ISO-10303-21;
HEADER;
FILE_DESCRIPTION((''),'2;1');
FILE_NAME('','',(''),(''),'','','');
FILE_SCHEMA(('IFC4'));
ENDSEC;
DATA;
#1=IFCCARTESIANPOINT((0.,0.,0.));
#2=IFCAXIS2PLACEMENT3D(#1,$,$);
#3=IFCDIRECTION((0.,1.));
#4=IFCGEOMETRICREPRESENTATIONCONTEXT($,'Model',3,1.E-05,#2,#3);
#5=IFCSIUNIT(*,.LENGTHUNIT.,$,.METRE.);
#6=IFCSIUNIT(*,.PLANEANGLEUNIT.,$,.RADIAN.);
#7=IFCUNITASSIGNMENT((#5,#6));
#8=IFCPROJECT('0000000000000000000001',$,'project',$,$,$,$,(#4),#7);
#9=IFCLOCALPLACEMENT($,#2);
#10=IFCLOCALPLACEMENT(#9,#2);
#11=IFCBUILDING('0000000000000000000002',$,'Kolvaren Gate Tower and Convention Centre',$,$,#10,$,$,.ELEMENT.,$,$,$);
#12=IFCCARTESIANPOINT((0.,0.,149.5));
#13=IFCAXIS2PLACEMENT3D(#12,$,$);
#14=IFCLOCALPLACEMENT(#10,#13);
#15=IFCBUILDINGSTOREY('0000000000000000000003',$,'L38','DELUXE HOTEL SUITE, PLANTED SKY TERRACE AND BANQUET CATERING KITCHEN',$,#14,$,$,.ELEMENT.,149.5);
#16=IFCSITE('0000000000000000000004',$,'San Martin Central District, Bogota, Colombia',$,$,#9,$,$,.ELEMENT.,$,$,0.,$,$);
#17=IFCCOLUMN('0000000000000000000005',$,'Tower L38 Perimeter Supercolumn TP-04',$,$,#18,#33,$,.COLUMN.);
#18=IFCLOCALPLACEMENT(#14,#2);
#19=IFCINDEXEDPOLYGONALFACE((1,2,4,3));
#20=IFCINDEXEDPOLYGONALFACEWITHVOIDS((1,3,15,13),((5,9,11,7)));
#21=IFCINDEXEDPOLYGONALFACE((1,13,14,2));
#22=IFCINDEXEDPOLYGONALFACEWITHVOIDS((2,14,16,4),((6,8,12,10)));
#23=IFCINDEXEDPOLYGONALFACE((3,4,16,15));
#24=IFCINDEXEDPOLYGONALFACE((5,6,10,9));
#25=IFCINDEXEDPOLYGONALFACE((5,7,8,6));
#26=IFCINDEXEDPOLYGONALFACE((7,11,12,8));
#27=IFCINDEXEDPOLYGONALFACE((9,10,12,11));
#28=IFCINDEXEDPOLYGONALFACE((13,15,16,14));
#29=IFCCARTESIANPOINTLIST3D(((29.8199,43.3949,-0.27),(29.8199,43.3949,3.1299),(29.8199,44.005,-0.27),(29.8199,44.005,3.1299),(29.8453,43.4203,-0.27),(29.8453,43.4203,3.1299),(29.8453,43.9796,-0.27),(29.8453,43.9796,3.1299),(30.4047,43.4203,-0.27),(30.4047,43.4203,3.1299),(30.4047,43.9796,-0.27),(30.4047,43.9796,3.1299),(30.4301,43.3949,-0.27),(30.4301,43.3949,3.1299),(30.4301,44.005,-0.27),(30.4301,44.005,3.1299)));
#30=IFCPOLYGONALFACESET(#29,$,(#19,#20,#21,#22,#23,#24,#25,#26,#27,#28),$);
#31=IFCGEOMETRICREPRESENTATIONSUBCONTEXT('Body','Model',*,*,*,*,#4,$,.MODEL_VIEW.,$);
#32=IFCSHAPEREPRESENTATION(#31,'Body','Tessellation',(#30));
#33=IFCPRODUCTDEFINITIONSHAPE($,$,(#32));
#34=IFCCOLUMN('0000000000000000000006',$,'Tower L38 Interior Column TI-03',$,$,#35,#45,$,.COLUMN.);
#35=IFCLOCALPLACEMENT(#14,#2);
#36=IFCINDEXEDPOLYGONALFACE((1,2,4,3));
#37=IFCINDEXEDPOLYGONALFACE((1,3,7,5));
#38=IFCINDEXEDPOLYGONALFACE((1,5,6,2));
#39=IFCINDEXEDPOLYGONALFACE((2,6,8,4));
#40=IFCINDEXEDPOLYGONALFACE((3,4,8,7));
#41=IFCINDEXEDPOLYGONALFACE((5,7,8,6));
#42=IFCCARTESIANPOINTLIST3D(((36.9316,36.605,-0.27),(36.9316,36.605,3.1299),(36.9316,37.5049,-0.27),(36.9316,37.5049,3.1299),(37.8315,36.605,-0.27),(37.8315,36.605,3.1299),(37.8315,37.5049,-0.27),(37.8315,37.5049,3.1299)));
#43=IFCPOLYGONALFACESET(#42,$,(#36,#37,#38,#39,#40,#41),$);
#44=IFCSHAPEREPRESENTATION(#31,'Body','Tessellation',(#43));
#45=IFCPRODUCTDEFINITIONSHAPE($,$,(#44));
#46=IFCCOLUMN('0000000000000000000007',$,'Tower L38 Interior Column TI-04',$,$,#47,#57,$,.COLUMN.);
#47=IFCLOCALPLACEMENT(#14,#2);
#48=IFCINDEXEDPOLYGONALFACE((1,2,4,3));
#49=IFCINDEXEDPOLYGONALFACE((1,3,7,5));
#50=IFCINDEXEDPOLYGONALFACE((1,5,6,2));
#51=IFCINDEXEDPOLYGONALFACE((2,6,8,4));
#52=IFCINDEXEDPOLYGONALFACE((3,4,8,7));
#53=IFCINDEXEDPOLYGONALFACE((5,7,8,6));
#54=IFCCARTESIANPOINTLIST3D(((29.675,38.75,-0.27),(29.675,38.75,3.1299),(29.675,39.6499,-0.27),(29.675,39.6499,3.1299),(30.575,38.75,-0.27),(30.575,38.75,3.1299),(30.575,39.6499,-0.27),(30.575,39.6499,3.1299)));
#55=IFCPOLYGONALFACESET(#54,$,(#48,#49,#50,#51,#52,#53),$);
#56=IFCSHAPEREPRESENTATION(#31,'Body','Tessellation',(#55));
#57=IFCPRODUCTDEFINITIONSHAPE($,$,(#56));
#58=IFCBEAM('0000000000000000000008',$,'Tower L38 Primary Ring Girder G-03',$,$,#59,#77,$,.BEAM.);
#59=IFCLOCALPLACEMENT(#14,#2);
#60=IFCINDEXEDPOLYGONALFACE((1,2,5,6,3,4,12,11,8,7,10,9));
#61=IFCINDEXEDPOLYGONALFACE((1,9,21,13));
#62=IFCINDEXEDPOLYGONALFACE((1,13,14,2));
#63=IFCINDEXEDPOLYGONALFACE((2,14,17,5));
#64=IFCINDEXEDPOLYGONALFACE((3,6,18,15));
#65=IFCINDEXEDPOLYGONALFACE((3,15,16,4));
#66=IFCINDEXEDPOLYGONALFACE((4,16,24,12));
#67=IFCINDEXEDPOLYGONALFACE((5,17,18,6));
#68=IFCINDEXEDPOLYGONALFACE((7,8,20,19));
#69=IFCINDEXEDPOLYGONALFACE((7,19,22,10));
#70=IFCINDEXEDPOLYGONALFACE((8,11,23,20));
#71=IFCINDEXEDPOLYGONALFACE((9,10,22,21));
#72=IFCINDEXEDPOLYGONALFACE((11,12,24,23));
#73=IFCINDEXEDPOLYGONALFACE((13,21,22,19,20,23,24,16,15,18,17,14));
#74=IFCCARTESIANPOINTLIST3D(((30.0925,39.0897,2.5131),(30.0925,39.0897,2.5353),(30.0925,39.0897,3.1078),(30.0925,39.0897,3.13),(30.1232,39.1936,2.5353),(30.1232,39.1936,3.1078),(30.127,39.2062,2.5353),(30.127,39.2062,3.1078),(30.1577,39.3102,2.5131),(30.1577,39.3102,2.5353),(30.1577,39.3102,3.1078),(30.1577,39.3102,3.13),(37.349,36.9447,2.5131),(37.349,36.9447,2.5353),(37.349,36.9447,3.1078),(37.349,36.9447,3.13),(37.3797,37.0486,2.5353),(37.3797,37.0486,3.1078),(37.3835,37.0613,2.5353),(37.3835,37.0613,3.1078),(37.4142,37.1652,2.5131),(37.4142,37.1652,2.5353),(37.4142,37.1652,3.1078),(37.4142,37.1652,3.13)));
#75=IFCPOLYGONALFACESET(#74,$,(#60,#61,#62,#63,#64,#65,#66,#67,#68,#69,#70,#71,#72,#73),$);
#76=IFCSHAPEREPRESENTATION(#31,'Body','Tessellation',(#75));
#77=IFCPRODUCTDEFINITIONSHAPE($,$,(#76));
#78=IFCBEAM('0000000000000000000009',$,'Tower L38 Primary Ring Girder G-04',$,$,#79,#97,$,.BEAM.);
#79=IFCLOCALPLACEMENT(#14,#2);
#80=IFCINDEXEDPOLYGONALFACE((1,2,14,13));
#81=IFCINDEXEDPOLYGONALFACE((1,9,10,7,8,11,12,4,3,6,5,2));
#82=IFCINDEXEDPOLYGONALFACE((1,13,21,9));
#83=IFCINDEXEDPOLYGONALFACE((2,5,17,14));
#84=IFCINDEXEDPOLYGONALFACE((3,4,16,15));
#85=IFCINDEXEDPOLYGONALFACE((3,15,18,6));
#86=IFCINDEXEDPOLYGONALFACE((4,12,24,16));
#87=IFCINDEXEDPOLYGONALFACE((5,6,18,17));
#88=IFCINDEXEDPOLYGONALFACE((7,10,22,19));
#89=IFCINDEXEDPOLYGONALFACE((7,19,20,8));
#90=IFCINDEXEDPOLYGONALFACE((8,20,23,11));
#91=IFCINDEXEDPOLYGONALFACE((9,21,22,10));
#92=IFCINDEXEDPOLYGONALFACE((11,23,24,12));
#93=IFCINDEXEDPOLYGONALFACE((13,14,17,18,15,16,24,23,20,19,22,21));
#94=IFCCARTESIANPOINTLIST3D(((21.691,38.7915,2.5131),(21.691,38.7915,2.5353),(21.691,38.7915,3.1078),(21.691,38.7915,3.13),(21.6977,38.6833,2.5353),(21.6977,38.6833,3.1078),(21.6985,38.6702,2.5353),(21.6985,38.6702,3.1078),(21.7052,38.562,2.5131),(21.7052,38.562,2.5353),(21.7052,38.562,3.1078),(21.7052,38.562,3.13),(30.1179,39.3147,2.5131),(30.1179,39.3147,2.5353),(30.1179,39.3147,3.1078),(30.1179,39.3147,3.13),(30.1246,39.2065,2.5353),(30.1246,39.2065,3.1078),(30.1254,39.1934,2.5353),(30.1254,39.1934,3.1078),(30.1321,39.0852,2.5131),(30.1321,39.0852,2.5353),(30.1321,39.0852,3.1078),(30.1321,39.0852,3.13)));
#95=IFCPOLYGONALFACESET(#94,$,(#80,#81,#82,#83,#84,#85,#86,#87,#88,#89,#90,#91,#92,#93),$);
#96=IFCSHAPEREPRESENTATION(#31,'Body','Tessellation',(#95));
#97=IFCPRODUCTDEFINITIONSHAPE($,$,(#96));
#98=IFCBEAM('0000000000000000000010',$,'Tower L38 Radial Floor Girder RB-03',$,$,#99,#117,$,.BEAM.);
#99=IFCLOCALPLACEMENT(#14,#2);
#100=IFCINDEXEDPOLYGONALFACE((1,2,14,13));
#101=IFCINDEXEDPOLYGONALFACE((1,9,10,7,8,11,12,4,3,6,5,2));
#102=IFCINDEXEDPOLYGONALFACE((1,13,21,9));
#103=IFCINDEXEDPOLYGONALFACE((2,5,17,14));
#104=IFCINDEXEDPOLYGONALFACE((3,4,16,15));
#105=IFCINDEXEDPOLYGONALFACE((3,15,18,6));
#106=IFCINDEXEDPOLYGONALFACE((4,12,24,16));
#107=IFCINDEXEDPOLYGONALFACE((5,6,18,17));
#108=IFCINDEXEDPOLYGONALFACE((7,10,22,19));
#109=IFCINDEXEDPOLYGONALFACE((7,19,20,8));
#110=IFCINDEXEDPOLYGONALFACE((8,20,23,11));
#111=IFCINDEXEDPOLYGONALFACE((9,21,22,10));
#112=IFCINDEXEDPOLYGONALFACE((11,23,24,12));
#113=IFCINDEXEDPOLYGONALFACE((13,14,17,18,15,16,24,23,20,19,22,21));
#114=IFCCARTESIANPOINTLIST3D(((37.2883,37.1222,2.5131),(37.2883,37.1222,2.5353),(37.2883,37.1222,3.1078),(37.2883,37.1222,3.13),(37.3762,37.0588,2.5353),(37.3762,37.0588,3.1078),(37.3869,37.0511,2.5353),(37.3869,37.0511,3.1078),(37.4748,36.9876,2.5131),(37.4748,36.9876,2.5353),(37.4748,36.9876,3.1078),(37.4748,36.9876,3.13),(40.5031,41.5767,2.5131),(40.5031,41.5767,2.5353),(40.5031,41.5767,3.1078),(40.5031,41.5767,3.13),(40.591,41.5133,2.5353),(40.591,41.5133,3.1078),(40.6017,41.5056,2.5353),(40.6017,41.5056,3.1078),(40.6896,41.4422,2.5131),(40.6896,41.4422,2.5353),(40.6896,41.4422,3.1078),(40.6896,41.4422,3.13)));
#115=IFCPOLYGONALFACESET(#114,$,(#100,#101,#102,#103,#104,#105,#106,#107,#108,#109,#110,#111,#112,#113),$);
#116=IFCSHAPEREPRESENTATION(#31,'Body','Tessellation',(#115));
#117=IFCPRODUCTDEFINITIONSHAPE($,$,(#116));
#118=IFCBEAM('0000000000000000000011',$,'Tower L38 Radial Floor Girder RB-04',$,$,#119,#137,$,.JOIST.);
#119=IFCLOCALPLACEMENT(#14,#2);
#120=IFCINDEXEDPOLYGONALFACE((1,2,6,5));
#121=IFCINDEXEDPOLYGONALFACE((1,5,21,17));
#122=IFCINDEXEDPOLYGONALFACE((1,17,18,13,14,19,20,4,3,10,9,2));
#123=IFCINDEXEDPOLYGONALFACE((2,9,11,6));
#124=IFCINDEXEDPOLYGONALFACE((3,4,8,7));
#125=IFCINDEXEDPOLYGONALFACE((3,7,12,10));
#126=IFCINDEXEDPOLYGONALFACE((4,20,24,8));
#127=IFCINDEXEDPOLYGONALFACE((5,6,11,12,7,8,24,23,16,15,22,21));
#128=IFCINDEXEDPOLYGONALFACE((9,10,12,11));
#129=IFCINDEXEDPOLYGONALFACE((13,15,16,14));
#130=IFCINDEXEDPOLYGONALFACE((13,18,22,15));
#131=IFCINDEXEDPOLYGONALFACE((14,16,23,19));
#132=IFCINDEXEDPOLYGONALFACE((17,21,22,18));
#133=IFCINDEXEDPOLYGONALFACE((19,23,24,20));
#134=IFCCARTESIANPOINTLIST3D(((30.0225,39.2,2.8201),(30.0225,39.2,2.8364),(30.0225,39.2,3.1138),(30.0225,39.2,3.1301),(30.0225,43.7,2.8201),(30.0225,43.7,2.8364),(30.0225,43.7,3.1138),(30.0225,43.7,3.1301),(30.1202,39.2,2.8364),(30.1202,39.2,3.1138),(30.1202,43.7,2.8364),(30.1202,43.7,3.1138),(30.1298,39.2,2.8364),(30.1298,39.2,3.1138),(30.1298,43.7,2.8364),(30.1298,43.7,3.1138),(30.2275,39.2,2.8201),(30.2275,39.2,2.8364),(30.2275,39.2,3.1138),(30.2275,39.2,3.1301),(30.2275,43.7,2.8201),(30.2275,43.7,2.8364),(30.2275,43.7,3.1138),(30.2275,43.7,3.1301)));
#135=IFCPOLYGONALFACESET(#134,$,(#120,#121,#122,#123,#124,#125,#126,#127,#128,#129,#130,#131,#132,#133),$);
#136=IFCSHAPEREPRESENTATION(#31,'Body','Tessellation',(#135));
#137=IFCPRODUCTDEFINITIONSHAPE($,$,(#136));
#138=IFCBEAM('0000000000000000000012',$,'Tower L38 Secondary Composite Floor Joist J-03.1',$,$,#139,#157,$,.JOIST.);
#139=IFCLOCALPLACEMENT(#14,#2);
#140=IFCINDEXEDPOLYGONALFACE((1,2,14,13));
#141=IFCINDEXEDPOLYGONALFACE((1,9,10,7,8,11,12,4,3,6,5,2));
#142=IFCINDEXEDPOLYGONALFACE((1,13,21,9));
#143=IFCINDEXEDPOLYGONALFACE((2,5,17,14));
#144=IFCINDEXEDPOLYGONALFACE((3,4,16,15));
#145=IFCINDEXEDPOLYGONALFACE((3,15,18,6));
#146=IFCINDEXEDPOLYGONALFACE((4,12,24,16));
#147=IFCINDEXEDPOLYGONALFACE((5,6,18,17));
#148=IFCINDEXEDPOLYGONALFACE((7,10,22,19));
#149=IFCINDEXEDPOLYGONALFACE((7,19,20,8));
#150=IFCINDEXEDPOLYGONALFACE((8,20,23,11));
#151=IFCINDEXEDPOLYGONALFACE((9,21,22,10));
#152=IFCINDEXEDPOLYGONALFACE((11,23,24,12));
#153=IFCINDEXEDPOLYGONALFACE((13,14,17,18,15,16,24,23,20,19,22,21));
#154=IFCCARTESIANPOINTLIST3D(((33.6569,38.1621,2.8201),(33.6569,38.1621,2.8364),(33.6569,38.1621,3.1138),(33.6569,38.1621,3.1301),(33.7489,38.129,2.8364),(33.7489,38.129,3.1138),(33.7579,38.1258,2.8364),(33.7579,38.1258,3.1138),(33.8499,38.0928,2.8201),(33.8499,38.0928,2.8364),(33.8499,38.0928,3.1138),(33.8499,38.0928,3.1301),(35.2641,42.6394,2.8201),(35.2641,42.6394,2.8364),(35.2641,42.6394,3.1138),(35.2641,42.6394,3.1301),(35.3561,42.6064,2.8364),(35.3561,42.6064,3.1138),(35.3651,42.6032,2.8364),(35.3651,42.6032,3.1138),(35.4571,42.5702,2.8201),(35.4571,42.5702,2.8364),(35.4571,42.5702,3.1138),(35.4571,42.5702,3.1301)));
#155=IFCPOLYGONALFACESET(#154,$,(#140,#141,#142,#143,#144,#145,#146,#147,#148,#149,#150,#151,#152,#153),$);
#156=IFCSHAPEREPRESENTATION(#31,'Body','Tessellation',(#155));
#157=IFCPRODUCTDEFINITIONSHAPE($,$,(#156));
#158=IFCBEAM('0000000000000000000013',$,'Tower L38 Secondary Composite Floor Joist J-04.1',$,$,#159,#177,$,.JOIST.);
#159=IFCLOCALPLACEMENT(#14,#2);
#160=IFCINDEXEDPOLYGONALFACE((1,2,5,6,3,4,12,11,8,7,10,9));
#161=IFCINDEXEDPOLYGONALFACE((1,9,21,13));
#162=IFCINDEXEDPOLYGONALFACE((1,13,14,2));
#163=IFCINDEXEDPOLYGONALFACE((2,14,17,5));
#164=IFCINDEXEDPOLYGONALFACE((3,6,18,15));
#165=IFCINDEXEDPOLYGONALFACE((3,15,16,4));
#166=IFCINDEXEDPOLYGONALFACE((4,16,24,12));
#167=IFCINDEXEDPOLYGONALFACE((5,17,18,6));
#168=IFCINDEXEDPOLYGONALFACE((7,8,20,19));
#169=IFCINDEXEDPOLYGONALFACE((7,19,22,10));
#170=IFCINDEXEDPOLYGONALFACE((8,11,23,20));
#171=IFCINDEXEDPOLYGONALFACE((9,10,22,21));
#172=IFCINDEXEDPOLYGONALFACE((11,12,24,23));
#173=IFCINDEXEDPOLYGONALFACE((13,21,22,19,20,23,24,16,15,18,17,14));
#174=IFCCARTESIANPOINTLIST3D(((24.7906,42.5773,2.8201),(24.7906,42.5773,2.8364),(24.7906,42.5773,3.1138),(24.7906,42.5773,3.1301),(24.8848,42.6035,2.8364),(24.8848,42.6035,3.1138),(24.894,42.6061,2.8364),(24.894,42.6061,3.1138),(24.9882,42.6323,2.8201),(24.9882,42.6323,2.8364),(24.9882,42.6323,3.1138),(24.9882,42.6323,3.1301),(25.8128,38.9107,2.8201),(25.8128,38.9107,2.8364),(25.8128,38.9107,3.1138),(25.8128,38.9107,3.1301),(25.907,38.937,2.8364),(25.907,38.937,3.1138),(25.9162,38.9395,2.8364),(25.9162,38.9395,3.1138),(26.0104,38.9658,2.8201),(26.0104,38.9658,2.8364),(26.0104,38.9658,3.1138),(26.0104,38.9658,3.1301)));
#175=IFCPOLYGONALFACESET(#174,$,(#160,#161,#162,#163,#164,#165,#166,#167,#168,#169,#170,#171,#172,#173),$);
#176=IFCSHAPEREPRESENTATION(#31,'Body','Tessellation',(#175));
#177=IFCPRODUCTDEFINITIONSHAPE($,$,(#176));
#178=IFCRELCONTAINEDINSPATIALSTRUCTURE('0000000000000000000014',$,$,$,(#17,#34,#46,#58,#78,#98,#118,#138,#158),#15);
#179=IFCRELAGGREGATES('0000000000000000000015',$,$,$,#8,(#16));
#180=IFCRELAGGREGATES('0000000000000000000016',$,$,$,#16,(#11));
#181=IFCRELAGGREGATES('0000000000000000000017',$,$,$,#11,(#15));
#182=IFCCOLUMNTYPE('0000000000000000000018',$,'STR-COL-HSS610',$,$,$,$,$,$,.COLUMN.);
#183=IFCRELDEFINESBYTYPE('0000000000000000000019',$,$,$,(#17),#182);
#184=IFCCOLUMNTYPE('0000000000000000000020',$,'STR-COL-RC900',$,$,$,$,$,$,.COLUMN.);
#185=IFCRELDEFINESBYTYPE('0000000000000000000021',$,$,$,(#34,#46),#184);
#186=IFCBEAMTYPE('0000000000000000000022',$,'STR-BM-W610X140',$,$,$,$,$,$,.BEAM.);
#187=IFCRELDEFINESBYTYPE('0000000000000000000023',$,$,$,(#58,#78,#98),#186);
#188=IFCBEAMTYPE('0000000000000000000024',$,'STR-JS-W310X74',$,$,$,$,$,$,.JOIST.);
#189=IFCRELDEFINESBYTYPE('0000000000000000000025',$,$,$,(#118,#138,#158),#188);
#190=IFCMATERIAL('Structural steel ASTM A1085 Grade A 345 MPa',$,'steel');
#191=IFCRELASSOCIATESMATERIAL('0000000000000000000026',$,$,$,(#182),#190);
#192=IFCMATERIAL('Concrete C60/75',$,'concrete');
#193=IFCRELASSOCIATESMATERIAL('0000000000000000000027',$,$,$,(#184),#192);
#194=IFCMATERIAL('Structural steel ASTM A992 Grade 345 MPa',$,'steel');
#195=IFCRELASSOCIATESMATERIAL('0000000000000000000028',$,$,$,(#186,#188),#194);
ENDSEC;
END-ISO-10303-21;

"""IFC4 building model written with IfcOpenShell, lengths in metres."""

from ifc_helpers import new_model, si_unit, direction, frame, origin, origin_2d, place, context, subcontext, project, spatial, rectangle, hollow_rectangle, i_section, extrude, material, material_profile, profile_set, type_object, element, save


model = new_model("IFC4")

# Units and contexts
model_context = context("Model", 3, precision=1e-05, world=origin(), true_north=direction((0.0, 1.0)))
body_context = subcontext(model_context, "Body", "Model", "MODEL_VIEW")
ifc_project = project(units=[si_unit("LENGTHUNIT", "METRE"), si_unit("PLANEANGLEUNIT", "RADIAN")], contexts=[model_context])

# Site, building, storey
site_placement = place(None, origin())
site = spatial("IfcSite", under=ifc_project, at=site_placement, Name="San Martin Central District, Bogota, Colombia", CompositionType="ELEMENT", RefElevation=0.0)
building_placement = place(site_placement, origin())
building = spatial("IfcBuilding", under=site, at=building_placement, Name="Kolvaren Gate Tower and Convention Centre", CompositionType="ELEMENT")
storey_placement = place(building_placement, frame((0.0, 0.0, 149.5)))
storey = spatial("IfcBuildingStorey", under=building, at=storey_placement, Name="L38", Description="DELUXE HOTEL SUITE, PLANTED SKY TERRACE AND BANQUET CATERING KITCHEN", CompositionType="ELEMENT", Elevation=149.5)

# Columns
ifc_material_1 = material(Name="Structural steel ASTM A1085 Grade A 345 MPa", Category="steel")
ifc_material_profile_1 = material_profile(ifc_material_1, hollow_rectangle(XDim=0.6101, YDim=0.6101, WallThickness=0.0254, at=origin_2d()), Name="HSS610X610X25.4")
ifc_profile_set_1 = profile_set([ifc_material_profile_1], Name="Structural steel ASTM A1085 Grade A 345 MPa")
column_type_1 = type_object("IfcColumnType", Name="STR-COL-HSS610", PredefinedType="COLUMN", material=ifc_profile_set_1)
column_placement = place(storey_placement, frame((30.125, 43.7, -0.27), z_axis=(0.0, 0.0, 1.0), x_axis=(1.0, 0.0, 0.0)))
element("IfcColumn", 1, at=column_placement, inside=storey, type_object=column_type_1, Name="Tower L38 Perimeter Supercolumn TP-04", PredefinedType="COLUMN", context=body_context, shape_type="SweptSolid", body=[
    extrude(hollow_rectangle(XDim=0.6101, YDim=0.6101, WallThickness=0.0254, at=origin_2d()), origin(), (0.0, 0.0, 1.0), 3.3999),
])
ifc_material_2 = material(Name="Concrete C60/75", Category="concrete")
ifc_material_profile_2 = material_profile(ifc_material_2, rectangle(XDim=0.8999, YDim=0.8999, at=origin_2d()), Name="RC-COL-900X900")
ifc_profile_set_2 = profile_set([ifc_material_profile_2], Name="Concrete C60/75")
column_type_2 = type_object("IfcColumnType", Name="STR-COL-RC900", PredefinedType="COLUMN", material=ifc_profile_set_2)
for number, where, z_axis, x_axis, name in (
    (2, (37.3816, 37.0549, -0.27), (0.0, 0.0, 1.0), (1.0, 0.0, 0.0), "Tower L38 Interior Column TI-03"),
    (3, (30.125, 39.2, -0.27), (0.0, 0.0, 1.0), (1.0, 0.0, 0.0), "Tower L38 Interior Column TI-04"),
):
    element("IfcColumn", number, at=place(storey_placement, frame(where, z_axis=z_axis, x_axis=x_axis)), inside=storey, type_object=column_type_2, Name=name, PredefinedType="COLUMN", context=body_context, shape_type="SweptSolid", body=[
        extrude(rectangle(XDim=0.8999, YDim=0.8999, at=origin_2d()), origin(), (0.0, 0.0, 1.0), 3.3999),
    ])

# Beams
ifc_material_3 = material(Name="Structural steel ASTM A992 Grade 345 MPa", Category="steel")
ifc_material_profile_3 = material_profile(ifc_material_3, i_section(OverallWidth=0.23, OverallDepth=0.6169, WebThickness=0.0132, FlangeThickness=0.0222, at=origin_2d()), Name="W610X140")
ifc_profile_set_3 = profile_set([ifc_material_profile_3], Name="Structural steel ASTM A992 Grade 345 MPa")
beam_type_1 = type_object("IfcBeamType", Name="STR-BM-W610X140", PredefinedType="BEAM", material=ifc_profile_set_3)
beam_1_placement = place(storey_placement, frame((37.3816, 37.0549, 2.8215), z_axis=(-0.958981, 0.283471, 0.0), x_axis=(-0.283471, -0.958981, 0.0)))
element("IfcBeam", 4, at=beam_1_placement, inside=storey, type_object=beam_type_1, Name="Tower L38 Primary Ring Girder G-03", PredefinedType="BEAM", context=body_context, shape_type="SweptSolid", body=[
    extrude(i_section(OverallWidth=0.23, OverallDepth=0.6169, WebThickness=0.0132, FlangeThickness=0.0222, at=origin_2d()), origin(), (0.0, 0.0, 1.0), 7.5669),
])
beam_2_placement = place(storey_placement, frame((30.125, 39.2, 2.8215), z_axis=(-0.998078, -0.061966, 0.0), x_axis=(0.061966, -0.998078, 0.0)))
element("IfcBeam", 5, at=beam_2_placement, inside=storey, type_object=beam_type_1, Name="Tower L38 Primary Ring Girder G-04", PredefinedType="BEAM", context=body_context, shape_type="SweptSolid", body=[
    extrude(i_section(OverallWidth=0.23, OverallDepth=0.6169, WebThickness=0.0132, FlangeThickness=0.0222, at=origin_2d()), origin(), (0.0, 0.0, 1.0), 8.4431),
])
beam_3_placement = place(storey_placement, frame((37.3816, 37.0549, 2.8215), z_axis=(0.585208, 0.810883, 0.0), x_axis=(-0.810883, 0.585208, 0.0)))
element("IfcBeam", 6, at=beam_3_placement, inside=storey, type_object=beam_type_1, Name="Tower L38 Radial Floor Girder RB-03", PredefinedType="BEAM", context=body_context, shape_type="SweptSolid", body=[
    extrude(i_section(OverallWidth=0.23, OverallDepth=0.6169, WebThickness=0.0132, FlangeThickness=0.0222, at=origin_2d()), origin(), (0.0, 0.0, 1.0), 5.4934),
])
ifc_material_profile_4 = material_profile(ifc_material_3, i_section(OverallWidth=0.2051, OverallDepth=0.3101, WebThickness=0.0095, FlangeThickness=0.0164, at=origin_2d()), Name="W310X74")
ifc_profile_set_4 = profile_set([ifc_material_profile_4], Name="Structural steel ASTM A992 Grade 345 MPa")
beam_type_2 = type_object("IfcBeamType", Name="STR-JS-W310X74", PredefinedType="JOIST", material=ifc_profile_set_4)
beam_4_placement = place(storey_placement, frame((30.125, 39.2, 2.9751), z_axis=(0.0, 1.0, 0.0), x_axis=(-1.0, 0.0, 0.0)))
element("IfcBeam", 7, at=beam_4_placement, inside=storey, type_object=beam_type_2, Name="Tower L38 Radial Floor Girder RB-04", PredefinedType="JOIST", context=body_context, shape_type="SweptSolid", body=[
    extrude(i_section(OverallWidth=0.2051, OverallDepth=0.3101, WebThickness=0.0095, FlangeThickness=0.0164, at=origin_2d()), origin(), (0.0, 0.0, 1.0), 4.5),
])
beam_5_placement = place(storey_placement, frame((33.7534, 38.1274, 2.9751), z_axis=(0.337854, 0.941198, 0.0), x_axis=(-0.941198, 0.337854, 0.0)))
element("IfcBeam", 8, at=beam_5_placement, inside=storey, type_object=beam_type_2, Name="Tower L38 Secondary Composite Floor Joist J-03.1", PredefinedType="JOIST", context=body_context, shape_type="SweptSolid", body=[
    extrude(i_section(OverallWidth=0.2051, OverallDepth=0.3101, WebThickness=0.0095, FlangeThickness=0.0164, at=origin_2d()), origin(), (0.0, 0.0, 1.0), 4.7571),
])
beam_6_placement = place(storey_placement, frame((25.9116, 38.9382, 2.9751), z_axis=(-0.268557, 0.963264, 0.0), x_axis=(-0.963264, -0.268557, 0.0)))
element("IfcBeam", 9, at=beam_6_placement, inside=storey, type_object=beam_type_2, Name="Tower L38 Secondary Composite Floor Joist J-04.1", PredefinedType="JOIST", context=body_context, shape_type="SweptSolid", body=[
    extrude(i_section(OverallWidth=0.2051, OverallDepth=0.3101, WebThickness=0.0095, FlangeThickness=0.0164, at=origin_2d()), origin(), (0.0, 0.0, 1.0), 3.8064),
])

save(model, "model.ifc")
